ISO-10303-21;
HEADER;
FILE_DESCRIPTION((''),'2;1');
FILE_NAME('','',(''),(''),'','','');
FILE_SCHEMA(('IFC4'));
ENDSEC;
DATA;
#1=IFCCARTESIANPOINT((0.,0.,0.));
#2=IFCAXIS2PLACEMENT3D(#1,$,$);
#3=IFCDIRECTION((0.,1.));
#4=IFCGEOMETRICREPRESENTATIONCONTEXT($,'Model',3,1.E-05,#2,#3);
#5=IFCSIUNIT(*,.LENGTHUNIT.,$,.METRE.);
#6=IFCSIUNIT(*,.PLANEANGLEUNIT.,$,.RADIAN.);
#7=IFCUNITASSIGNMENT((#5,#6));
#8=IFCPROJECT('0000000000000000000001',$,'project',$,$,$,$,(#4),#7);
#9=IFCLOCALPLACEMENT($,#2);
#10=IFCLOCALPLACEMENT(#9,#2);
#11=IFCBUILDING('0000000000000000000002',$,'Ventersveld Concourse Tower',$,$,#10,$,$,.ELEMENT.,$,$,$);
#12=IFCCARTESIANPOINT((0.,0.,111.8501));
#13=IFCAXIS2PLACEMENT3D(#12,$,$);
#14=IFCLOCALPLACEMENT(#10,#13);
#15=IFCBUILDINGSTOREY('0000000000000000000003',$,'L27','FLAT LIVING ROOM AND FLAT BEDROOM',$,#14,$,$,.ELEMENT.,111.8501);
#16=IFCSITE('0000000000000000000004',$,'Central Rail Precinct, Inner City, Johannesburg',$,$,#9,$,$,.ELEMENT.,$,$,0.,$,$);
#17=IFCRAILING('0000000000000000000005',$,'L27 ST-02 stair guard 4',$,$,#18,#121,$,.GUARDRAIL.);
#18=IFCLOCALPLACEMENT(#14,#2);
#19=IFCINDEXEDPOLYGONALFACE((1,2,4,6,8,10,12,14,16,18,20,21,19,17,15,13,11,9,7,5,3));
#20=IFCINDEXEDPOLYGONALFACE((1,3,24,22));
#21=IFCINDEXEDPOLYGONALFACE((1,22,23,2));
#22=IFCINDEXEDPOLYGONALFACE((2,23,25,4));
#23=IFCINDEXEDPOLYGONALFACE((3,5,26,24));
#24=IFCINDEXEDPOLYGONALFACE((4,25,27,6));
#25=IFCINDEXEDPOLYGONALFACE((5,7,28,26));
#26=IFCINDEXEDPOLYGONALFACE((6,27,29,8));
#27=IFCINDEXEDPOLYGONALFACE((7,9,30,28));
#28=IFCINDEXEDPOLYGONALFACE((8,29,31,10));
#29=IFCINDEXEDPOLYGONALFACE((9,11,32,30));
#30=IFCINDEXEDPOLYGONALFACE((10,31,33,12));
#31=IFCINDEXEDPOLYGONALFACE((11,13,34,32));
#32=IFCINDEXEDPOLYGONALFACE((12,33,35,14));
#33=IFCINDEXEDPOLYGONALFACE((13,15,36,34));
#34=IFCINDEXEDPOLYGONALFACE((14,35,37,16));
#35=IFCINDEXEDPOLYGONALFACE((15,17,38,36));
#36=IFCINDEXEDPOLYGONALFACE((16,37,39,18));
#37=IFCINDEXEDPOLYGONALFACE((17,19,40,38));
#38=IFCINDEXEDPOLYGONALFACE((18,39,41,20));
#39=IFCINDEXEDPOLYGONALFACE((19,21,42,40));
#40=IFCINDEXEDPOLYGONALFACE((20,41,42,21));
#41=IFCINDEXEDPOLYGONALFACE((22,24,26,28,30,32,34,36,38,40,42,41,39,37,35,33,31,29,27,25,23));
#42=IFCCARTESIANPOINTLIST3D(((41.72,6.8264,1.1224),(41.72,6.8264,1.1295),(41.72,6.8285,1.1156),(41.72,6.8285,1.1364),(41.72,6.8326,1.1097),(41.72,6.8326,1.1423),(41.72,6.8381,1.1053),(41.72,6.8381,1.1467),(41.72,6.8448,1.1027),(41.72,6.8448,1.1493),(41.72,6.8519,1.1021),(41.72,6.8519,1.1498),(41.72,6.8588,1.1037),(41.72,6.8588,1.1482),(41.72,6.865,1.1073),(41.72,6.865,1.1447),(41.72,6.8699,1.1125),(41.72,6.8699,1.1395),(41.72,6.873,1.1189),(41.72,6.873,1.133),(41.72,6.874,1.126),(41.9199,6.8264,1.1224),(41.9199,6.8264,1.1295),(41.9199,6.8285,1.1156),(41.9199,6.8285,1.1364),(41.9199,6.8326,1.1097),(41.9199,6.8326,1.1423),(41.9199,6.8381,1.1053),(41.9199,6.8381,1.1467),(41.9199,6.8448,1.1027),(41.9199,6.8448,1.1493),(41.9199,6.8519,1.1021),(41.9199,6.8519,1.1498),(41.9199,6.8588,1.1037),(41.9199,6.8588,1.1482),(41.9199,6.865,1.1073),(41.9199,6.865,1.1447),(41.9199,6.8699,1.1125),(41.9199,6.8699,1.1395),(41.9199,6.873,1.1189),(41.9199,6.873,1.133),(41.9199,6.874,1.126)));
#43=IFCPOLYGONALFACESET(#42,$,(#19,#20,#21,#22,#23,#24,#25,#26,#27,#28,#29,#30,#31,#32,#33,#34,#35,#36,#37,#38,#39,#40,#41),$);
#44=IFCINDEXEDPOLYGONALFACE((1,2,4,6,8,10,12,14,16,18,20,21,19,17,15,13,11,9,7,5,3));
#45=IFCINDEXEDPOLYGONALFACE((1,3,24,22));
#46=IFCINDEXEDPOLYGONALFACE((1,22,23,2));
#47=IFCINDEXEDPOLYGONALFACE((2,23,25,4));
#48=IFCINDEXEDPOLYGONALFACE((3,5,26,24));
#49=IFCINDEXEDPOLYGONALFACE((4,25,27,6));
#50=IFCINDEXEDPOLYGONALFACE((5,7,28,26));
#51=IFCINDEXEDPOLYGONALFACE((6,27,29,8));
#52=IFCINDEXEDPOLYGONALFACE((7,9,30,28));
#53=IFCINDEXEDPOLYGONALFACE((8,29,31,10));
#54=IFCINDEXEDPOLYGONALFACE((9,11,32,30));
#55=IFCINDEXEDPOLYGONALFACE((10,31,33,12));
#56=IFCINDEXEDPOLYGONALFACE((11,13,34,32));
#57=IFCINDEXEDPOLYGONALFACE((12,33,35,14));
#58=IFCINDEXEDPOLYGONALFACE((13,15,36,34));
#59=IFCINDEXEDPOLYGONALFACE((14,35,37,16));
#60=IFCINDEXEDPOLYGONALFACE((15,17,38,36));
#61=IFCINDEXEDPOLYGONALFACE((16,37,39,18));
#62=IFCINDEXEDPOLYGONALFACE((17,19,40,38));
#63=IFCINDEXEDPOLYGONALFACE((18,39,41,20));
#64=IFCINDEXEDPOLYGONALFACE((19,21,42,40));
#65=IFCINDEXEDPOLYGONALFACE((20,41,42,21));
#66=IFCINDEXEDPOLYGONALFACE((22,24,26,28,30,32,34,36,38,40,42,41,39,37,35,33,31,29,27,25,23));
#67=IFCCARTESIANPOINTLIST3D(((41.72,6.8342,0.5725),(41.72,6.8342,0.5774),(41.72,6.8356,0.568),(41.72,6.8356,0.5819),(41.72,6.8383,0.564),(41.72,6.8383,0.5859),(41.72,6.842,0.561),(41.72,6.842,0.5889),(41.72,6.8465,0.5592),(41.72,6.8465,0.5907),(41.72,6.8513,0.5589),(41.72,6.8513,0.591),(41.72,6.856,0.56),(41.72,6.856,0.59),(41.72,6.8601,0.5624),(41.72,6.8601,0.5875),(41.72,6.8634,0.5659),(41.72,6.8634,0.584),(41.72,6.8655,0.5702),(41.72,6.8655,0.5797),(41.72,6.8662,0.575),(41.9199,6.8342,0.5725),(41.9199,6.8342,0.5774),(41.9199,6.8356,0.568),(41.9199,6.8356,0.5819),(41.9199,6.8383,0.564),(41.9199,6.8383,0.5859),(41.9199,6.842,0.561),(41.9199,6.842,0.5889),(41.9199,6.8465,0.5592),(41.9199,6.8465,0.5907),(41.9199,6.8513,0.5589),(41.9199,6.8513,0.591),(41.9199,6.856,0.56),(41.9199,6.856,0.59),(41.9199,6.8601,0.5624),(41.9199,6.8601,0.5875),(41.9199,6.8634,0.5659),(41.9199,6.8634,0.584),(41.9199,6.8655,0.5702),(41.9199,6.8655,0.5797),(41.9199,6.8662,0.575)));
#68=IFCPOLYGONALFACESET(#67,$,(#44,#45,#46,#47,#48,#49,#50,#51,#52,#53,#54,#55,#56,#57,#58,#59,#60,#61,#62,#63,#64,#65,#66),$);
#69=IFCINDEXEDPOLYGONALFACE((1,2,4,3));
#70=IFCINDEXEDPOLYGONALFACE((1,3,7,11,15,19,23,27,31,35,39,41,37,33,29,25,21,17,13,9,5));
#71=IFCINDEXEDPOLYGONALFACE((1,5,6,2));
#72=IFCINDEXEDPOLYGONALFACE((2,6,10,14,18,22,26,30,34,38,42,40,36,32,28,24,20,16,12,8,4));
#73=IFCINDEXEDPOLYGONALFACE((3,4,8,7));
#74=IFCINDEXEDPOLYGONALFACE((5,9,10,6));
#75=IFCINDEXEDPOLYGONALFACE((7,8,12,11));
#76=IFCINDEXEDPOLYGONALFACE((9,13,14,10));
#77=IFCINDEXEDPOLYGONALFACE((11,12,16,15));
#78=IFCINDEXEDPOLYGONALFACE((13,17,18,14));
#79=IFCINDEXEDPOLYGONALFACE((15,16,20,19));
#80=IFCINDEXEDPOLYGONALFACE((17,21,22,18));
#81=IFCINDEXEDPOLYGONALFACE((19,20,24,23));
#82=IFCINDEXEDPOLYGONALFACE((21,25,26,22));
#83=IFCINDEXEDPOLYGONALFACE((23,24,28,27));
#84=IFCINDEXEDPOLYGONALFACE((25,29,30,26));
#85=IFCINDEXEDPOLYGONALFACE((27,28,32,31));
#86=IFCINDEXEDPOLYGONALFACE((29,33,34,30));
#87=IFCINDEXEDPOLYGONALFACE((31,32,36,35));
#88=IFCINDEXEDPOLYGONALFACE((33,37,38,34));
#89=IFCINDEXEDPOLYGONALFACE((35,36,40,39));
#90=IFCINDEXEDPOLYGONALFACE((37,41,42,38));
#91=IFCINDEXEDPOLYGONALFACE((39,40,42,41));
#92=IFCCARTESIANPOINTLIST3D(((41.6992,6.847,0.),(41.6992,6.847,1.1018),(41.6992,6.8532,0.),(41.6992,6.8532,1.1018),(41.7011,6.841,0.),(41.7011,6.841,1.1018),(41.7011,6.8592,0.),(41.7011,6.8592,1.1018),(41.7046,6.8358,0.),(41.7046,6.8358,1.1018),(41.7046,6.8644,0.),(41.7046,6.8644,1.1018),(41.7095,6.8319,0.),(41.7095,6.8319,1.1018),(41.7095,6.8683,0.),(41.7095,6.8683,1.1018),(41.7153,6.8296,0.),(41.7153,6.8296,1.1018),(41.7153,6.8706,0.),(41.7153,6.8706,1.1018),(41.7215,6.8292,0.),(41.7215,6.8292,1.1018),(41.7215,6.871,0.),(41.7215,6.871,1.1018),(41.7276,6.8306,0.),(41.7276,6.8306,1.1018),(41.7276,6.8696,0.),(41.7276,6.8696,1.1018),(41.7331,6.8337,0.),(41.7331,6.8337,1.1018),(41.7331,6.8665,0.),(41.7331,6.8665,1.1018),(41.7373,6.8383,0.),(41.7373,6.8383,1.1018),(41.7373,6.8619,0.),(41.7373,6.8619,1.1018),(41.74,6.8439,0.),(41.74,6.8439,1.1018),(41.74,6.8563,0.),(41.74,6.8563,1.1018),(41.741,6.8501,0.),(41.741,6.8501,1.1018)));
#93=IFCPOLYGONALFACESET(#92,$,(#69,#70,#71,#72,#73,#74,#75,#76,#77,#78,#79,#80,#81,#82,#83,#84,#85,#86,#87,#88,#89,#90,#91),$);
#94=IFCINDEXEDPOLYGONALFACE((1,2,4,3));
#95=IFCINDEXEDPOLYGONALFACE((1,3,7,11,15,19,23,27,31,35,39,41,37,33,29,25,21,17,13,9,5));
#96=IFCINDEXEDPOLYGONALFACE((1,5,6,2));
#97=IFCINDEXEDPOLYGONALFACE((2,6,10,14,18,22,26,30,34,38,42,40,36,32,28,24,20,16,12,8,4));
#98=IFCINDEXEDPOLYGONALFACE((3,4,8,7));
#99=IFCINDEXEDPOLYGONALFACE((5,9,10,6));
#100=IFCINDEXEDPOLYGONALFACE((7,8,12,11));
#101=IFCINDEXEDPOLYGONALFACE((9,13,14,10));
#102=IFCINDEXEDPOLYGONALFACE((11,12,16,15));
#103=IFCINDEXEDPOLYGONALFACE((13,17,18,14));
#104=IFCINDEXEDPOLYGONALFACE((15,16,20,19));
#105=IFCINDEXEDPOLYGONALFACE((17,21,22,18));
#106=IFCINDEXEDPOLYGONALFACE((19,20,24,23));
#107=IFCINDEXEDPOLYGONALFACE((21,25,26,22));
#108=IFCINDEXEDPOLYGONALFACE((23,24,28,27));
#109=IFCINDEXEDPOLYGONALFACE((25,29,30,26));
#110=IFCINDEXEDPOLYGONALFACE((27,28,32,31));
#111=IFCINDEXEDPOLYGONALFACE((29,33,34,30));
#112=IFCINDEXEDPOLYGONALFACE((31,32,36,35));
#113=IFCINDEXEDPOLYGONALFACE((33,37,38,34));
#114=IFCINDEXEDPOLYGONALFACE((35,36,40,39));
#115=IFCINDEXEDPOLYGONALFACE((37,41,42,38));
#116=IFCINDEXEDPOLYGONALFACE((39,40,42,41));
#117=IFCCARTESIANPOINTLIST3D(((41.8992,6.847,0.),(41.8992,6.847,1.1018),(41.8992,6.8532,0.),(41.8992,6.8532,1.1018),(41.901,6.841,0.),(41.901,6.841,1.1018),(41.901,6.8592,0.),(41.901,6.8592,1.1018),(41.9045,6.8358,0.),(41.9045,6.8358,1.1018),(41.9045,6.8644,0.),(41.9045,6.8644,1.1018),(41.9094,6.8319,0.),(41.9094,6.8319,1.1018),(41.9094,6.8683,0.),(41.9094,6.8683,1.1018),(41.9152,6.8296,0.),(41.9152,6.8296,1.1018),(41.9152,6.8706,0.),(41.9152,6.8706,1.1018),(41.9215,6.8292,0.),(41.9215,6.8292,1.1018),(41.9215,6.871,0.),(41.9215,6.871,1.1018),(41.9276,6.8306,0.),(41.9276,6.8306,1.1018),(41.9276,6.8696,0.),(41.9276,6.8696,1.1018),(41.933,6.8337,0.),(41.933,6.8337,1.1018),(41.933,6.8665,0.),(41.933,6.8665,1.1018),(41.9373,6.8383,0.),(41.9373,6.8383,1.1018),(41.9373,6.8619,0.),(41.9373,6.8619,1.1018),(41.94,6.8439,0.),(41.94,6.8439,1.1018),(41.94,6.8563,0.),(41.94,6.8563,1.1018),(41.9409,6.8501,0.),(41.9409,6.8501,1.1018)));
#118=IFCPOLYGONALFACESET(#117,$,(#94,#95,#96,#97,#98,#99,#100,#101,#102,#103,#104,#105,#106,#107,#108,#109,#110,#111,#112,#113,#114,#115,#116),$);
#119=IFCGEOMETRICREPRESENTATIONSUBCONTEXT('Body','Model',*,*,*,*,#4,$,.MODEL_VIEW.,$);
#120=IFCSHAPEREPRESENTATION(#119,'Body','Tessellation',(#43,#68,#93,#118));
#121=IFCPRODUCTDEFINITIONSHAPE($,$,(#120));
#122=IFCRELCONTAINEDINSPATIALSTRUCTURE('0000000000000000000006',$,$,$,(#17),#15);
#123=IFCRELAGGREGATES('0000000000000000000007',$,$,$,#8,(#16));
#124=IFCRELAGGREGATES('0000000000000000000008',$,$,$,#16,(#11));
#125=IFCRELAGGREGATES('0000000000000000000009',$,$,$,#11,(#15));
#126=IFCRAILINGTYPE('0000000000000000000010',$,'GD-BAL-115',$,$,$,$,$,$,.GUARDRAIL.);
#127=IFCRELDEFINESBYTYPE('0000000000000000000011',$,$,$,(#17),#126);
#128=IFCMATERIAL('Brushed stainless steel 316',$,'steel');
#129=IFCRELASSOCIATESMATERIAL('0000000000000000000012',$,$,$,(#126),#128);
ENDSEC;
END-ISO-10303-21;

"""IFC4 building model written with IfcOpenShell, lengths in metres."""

from ifc_helpers import new_model, si_unit, direction, frame, origin, origin_2d, place, context, subcontext, project, spatial, circle, extrude, material, type_object, element, save


model = new_model("IFC4")

# Units and contexts
model_context = context("Model", 3, precision=1e-05, world=origin(), true_north=direction((0.0, 1.0)))
body_context = subcontext(model_context, "Body", "Model", "MODEL_VIEW")
ifc_project = project(units=[si_unit("LENGTHUNIT", "METRE"), si_unit("PLANEANGLEUNIT", "RADIAN")], contexts=[model_context])

# Site, building, storey
site_placement = place(None, origin())
site = spatial("IfcSite", under=ifc_project, at=site_placement, Name="Central Rail Precinct, Inner City, Johannesburg", CompositionType="ELEMENT", RefElevation=0.0)
building_placement = place(site_placement, origin())
building = spatial("IfcBuilding", under=site, at=building_placement, Name="Ventersveld Concourse Tower", CompositionType="ELEMENT")
storey_placement = place(building_placement, frame((0.0, 0.0, 111.8501)))
storey = spatial("IfcBuildingStorey", under=building, at=storey_placement, Name="L27", Description="FLAT LIVING ROOM AND FLAT BEDROOM", CompositionType="ELEMENT", Elevation=111.8501)

# Shared definitions
ifc_material_1 = material(Name="Brushed stainless steel 316", Category="steel")

# Railing
railing_type_1 = type_object("IfcRailingType", Name="GD-BAL-115", PredefinedType="GUARDRAIL", material=ifc_material_1)
railing_1_placement = place(storey_placement, frame((41.72, 6.8501, 0.0)))
element("IfcRailing", 1, at=railing_1_placement, inside=storey, type_object=railing_type_1, Name="L27 ST-02 stair guard 4", PredefinedType="GUARDRAIL", context=body_context, shape_type="SweptSolid", body=[
    extrude(circle(Radius=0.0239, at=origin_2d()), frame((0.0, 0.0, 1.126), z_axis=(1.0, 0.0, 0.0), x_axis=(0.0, 1.0, 0.0)), (0.0, 0.0, 1.0), 0.2),
    extrude(circle(Radius=0.0161, at=origin_2d()), frame((0.0, 0.0, 0.575), z_axis=(1.0, 0.0, 0.0), x_axis=(0.0, 1.0, 0.0)), (0.0, 0.0, 1.0), 0.2),
    extrude(circle(Radius=0.021, at=origin_2d()), origin(), (0.0, 0.0, 1.0), 1.1018),
    extrude(circle(Radius=0.021, at=origin_2d()), frame((0.2, 0.0, 0.0)), (0.0, 0.0, 1.0), 1.1018),
])

save(model, "model.ifc")
